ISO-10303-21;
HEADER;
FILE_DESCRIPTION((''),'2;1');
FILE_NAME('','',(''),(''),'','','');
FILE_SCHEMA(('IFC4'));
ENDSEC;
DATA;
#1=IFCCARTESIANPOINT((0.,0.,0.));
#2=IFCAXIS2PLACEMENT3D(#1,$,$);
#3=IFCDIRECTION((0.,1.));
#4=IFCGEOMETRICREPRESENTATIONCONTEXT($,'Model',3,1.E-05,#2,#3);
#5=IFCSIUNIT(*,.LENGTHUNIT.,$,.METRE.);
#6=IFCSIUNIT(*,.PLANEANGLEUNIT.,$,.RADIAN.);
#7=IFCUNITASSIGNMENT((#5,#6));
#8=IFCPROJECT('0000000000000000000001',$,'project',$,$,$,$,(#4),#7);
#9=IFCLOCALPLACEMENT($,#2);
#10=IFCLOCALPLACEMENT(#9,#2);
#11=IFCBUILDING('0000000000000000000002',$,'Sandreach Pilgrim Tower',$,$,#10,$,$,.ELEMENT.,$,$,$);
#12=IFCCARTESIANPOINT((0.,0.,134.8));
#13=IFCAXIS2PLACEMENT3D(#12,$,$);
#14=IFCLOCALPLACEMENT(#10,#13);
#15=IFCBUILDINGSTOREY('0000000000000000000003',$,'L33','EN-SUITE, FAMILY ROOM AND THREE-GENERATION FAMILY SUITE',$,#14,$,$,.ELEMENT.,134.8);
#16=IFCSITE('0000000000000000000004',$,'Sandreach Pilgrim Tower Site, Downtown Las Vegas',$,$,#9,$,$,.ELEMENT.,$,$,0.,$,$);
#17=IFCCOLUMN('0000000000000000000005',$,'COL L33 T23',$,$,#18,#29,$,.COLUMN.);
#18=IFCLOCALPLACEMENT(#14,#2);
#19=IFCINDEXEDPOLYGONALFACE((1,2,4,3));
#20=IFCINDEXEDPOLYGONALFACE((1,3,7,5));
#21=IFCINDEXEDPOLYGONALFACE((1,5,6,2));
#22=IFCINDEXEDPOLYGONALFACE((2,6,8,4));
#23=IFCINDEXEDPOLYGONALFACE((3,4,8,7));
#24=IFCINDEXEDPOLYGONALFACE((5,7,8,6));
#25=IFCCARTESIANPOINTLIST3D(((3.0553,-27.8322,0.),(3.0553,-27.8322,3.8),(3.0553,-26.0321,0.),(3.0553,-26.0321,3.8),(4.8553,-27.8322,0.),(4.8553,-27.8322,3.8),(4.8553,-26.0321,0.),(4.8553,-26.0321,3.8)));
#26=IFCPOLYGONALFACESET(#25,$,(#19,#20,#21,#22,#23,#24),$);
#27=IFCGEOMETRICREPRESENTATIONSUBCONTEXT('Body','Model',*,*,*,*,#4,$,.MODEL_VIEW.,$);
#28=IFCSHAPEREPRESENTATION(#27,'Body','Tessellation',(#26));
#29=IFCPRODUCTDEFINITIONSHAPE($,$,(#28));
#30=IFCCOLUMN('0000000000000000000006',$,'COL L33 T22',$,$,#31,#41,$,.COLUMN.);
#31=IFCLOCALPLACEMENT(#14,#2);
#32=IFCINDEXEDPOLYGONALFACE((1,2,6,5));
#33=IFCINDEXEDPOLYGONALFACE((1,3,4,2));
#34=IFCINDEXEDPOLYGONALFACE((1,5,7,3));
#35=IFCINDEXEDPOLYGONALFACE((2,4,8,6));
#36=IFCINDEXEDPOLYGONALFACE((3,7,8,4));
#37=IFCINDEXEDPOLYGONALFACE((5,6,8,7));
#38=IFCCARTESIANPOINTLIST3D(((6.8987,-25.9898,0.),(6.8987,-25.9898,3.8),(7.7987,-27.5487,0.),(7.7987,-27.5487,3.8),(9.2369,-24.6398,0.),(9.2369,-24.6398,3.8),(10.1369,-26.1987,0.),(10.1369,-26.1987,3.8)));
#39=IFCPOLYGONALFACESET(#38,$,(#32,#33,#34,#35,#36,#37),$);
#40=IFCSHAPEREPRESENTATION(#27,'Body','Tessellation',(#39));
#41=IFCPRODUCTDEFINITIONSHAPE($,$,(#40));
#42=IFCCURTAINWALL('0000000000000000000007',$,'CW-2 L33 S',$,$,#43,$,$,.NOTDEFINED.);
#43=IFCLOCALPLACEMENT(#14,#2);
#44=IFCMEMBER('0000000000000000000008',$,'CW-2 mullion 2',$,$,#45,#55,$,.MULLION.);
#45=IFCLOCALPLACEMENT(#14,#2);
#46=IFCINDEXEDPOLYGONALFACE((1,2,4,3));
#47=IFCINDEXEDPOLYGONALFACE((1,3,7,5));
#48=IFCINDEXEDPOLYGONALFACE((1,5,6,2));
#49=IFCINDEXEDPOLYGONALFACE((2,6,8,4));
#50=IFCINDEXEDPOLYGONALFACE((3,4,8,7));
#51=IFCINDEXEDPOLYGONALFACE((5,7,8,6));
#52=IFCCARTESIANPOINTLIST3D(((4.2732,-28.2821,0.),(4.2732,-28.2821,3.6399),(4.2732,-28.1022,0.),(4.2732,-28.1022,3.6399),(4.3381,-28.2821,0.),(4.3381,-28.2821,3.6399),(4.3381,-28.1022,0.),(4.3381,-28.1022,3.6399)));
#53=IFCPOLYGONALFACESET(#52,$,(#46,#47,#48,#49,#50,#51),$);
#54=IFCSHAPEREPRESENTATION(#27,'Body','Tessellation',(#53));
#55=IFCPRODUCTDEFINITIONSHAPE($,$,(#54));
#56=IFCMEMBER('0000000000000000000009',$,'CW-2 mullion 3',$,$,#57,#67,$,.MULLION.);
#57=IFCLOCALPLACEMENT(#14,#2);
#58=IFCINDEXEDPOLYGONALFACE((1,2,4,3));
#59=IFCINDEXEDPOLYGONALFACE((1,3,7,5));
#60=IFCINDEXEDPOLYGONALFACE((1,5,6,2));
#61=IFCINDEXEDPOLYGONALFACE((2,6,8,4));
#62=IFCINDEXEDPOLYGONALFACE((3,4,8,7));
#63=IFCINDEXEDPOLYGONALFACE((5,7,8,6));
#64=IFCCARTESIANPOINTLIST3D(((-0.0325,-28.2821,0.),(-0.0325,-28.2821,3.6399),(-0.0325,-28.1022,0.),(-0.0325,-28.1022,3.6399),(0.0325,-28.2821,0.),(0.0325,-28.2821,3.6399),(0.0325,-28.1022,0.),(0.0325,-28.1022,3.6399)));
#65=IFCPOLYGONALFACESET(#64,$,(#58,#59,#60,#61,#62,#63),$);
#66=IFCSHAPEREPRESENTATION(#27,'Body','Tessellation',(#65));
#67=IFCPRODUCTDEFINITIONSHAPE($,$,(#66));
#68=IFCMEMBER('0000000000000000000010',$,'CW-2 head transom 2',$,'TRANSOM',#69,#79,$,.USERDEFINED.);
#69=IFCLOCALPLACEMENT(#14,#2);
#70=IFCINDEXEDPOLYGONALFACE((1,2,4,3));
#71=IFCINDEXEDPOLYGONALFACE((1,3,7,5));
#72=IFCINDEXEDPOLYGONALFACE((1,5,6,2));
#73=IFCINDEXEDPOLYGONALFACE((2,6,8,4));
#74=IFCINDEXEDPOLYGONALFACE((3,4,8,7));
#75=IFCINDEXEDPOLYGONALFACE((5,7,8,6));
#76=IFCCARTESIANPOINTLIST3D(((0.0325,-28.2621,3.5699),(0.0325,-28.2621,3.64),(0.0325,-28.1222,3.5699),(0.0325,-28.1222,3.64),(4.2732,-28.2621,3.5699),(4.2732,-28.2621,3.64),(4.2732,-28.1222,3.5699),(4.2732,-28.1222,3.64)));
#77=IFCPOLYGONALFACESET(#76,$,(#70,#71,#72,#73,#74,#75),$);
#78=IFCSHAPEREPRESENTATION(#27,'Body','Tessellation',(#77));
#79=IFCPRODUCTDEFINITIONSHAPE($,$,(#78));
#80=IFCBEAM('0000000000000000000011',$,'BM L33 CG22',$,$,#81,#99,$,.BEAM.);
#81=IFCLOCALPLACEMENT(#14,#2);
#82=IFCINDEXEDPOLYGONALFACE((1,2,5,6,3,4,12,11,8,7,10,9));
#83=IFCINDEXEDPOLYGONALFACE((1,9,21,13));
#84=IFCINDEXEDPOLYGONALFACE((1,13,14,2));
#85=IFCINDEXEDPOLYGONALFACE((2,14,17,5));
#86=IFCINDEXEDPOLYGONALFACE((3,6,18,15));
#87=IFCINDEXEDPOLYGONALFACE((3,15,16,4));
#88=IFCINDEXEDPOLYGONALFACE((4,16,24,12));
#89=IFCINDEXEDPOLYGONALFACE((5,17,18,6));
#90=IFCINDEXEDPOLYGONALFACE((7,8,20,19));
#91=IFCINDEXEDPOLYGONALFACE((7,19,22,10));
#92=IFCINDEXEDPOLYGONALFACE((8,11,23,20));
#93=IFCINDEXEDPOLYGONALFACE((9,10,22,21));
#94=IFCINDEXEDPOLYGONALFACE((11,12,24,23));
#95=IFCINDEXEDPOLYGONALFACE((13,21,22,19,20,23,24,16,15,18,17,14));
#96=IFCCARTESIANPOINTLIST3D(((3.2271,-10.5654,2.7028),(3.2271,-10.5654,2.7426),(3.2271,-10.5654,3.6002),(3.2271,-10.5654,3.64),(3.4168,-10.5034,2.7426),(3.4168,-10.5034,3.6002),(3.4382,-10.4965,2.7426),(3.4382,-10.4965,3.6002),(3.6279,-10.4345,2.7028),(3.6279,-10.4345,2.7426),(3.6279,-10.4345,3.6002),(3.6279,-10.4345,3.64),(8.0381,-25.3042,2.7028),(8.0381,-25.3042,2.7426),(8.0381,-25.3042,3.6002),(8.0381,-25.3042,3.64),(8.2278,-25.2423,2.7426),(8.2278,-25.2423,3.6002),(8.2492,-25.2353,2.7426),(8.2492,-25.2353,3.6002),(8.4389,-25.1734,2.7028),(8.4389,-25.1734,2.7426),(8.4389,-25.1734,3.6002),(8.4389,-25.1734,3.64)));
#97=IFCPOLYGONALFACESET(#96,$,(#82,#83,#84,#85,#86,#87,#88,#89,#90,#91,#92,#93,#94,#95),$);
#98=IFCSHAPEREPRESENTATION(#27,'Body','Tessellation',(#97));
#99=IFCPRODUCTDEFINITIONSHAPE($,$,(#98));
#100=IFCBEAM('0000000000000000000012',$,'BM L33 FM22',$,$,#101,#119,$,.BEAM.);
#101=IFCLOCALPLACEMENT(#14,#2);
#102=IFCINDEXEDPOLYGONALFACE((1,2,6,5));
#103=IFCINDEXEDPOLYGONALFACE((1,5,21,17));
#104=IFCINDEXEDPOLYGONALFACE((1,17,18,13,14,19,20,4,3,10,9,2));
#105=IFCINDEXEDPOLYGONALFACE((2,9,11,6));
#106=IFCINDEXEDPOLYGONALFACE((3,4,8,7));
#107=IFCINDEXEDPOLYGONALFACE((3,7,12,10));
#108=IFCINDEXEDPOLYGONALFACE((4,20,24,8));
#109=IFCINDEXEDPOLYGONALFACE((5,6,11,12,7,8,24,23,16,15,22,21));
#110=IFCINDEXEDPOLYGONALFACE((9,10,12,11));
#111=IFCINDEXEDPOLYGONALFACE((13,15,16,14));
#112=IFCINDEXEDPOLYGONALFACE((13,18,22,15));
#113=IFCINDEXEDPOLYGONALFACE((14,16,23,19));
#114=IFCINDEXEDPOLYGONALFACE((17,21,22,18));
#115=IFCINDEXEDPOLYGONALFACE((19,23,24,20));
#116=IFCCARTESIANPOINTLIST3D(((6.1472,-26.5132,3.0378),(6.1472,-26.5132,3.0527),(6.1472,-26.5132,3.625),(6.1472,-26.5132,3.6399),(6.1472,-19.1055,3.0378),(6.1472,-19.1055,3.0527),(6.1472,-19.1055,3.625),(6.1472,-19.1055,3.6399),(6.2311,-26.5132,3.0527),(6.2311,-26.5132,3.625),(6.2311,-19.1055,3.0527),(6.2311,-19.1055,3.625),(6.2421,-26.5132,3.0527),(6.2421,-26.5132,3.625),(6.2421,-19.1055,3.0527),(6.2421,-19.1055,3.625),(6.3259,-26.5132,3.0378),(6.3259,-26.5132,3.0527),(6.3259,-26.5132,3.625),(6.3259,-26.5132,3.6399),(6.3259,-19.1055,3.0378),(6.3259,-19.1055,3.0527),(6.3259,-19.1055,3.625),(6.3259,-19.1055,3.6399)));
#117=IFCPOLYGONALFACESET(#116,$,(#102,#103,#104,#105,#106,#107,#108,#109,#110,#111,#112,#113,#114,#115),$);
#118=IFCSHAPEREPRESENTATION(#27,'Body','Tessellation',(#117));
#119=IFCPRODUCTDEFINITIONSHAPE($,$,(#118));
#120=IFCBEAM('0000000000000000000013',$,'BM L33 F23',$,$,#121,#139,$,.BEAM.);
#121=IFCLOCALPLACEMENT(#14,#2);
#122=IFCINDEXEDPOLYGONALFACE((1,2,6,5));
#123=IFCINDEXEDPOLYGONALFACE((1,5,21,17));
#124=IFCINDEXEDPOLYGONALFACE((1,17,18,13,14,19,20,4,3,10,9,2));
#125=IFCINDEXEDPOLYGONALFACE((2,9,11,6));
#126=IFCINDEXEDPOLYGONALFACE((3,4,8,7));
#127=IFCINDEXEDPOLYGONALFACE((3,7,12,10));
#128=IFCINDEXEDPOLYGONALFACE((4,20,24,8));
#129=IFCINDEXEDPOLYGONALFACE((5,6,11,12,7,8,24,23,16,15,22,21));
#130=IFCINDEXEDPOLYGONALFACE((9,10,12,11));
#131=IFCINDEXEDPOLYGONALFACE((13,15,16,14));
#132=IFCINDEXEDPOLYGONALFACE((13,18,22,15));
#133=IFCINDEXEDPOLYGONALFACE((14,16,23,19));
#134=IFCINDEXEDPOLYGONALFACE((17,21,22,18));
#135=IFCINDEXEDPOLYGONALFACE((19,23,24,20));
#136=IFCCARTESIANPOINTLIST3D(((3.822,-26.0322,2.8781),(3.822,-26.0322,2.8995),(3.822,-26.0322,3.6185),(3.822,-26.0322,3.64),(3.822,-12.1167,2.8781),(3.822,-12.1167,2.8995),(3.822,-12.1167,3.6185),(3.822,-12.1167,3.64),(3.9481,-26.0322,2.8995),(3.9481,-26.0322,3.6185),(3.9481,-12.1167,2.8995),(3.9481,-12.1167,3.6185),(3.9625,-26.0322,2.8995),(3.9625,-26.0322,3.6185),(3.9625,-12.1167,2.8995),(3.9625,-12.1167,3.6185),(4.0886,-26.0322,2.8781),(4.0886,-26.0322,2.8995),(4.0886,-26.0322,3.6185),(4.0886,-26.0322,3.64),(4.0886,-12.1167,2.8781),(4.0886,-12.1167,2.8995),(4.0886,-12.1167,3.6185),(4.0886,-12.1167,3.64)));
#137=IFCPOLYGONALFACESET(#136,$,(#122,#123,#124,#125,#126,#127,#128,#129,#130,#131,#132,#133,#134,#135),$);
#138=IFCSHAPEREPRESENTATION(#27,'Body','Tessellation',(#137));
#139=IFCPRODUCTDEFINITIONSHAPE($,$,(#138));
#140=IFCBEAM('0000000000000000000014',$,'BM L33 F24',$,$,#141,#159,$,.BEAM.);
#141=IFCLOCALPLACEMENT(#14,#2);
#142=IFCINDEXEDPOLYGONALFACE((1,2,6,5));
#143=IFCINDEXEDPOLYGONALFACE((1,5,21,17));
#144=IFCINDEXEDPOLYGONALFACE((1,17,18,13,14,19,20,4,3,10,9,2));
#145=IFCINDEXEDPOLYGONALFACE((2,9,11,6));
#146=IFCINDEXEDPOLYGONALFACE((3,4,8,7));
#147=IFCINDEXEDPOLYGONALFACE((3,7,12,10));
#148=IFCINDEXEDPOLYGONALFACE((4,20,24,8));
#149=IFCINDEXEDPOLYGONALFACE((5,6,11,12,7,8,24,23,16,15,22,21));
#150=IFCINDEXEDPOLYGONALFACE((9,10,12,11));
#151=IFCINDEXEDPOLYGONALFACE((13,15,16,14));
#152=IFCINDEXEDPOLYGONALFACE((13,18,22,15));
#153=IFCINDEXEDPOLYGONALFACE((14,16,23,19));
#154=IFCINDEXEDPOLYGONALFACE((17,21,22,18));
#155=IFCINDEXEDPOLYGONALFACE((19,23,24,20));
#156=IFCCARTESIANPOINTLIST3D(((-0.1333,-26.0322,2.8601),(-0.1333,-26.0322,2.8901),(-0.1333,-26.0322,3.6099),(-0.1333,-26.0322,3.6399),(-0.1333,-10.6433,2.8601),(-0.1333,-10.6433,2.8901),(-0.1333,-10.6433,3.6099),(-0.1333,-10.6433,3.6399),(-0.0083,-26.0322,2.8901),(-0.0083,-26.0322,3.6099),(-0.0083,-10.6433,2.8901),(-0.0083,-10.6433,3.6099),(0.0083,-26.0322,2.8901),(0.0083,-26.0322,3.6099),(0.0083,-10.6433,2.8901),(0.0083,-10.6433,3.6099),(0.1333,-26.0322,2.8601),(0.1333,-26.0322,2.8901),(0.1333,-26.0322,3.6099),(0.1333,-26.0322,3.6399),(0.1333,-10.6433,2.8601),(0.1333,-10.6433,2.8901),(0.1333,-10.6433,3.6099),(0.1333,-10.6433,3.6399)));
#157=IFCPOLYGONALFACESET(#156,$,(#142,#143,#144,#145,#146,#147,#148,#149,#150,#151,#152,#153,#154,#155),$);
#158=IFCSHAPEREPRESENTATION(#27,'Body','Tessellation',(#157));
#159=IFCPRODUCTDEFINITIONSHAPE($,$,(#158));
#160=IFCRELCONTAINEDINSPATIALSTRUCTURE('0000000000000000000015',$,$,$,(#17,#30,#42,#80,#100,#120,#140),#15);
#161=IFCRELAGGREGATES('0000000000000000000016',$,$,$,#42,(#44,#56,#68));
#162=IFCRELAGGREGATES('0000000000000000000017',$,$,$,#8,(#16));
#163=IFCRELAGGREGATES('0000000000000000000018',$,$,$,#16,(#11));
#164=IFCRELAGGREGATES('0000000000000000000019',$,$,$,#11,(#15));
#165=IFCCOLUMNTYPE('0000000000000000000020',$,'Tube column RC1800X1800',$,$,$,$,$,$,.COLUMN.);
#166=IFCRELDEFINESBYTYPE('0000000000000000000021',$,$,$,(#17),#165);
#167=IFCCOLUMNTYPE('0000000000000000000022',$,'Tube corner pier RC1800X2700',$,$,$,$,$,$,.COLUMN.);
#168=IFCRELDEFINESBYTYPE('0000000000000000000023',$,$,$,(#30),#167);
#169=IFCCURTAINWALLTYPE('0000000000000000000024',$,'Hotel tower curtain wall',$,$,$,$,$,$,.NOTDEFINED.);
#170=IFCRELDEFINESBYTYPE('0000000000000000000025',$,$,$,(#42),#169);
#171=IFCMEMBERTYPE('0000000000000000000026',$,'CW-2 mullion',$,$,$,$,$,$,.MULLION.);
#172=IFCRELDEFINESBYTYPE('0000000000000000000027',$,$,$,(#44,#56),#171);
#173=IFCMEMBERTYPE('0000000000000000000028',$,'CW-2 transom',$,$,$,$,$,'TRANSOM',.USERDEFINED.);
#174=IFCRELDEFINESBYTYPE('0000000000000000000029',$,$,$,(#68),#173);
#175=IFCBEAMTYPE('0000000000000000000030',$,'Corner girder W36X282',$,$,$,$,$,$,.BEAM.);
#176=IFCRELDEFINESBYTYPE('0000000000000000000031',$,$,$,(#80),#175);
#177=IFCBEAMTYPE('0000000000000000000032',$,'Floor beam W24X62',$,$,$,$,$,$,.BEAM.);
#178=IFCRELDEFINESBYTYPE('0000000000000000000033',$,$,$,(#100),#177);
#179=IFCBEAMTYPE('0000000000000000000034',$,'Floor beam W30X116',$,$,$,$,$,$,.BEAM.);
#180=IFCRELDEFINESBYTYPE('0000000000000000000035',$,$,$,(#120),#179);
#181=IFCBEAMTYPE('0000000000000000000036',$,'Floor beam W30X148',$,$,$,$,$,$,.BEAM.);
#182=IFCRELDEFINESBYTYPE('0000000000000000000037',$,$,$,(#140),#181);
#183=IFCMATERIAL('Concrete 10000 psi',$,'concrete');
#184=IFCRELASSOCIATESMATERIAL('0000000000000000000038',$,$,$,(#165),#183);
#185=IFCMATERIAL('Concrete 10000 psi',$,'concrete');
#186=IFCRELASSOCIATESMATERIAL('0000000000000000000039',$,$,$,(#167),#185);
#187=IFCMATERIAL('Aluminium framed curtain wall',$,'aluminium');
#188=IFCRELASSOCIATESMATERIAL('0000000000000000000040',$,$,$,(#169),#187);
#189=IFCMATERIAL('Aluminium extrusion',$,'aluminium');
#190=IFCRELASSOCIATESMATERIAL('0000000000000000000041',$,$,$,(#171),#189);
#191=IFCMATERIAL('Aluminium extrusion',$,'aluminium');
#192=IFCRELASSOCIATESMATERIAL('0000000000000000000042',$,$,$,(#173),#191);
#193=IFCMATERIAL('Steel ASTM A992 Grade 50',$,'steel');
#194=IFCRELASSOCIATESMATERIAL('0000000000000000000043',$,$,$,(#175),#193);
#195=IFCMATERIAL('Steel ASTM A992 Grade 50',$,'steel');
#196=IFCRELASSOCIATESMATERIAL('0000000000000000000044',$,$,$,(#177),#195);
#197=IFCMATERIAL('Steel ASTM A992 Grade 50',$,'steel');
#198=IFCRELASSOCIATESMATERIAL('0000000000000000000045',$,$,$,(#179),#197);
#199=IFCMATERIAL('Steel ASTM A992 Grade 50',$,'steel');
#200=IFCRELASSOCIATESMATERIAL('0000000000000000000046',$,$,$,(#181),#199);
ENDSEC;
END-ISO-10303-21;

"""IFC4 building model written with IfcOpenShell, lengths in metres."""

from ifc_helpers import new_model, si_unit, direction, frame, origin, origin_2d, place, context, subcontext, project, spatial, rectangle, i_section, extrude, material, material_profile, profile_set, type_object, element, aggregate, save


model = new_model("IFC4")

# Units and contexts
model_context = context("Model", 3, precision=1e-05, world=origin(), true_north=direction((0.0, 1.0)))
body_context = subcontext(model_context, "Body", "Model", "MODEL_VIEW")
ifc_project = project(units=[si_unit("LENGTHUNIT", "METRE"), si_unit("PLANEANGLEUNIT", "RADIAN")], contexts=[model_context])

# Site, building, storey
site_placement = place(None, origin())
site = spatial("IfcSite", under=ifc_project, at=site_placement, Name="Sandreach Pilgrim Tower Site, Downtown Las Vegas", CompositionType="ELEMENT", RefElevation=0.0)
building_placement = place(site_placement, origin())
building = spatial("IfcBuilding", under=site, at=building_placement, Name="Sandreach Pilgrim Tower", CompositionType="ELEMENT")
storey_placement = place(building_placement, frame((0.0, 0.0, 134.8)))
storey = spatial("IfcBuildingStorey", under=building, at=storey_placement, Name="L33", Description="EN-SUITE, FAMILY ROOM AND THREE-GENERATION FAMILY SUITE", CompositionType="ELEMENT", Elevation=134.8)

# Columns
ifc_material_1 = material(Name="Concrete 10000 psi", Category="concrete")
ifc_material_profile_1 = material_profile(ifc_material_1, rectangle(XDim=1.8, YDim=1.8, at=origin_2d()), Name="RC1800X1800")
ifc_profile_set_1 = profile_set([ifc_material_profile_1], Name="Concrete 10000 psi")
column_type_1 = type_object("IfcColumnType", Name="Tube column RC1800X1800", PredefinedType="COLUMN", material=ifc_profile_set_1)
column_1_placement = place(storey_placement, frame((3.9553, -26.9321, 0.0), z_axis=(0.0, 0.0, 1.0), x_axis=(0.0, -1.0, 0.0)))
element("IfcColumn", 1, at=column_1_placement, inside=storey, type_object=column_type_1, Name="COL L33 T23", PredefinedType="COLUMN", context=body_context, shape_type="SweptSolid", body=[
    extrude(rectangle(XDim=1.8, YDim=1.8, at=origin_2d()), origin(), (0.0, 0.0, 1.0), 3.8),
])
ifc_material_2 = material(Name="Concrete 10000 psi", Category="concrete")
ifc_material_profile_2 = material_profile(ifc_material_2, rectangle(XDim=1.8, YDim=2.7, at=origin_2d()), Name="RC1800X2700")
ifc_profile_set_2 = profile_set([ifc_material_profile_2], Name="Concrete 10000 psi")
column_type_2 = type_object("IfcColumnType", Name="Tube corner pier RC1800X2700", PredefinedType="COLUMN", material=ifc_profile_set_2)
column_2_placement = place(storey_placement, frame((8.5178, -26.0942, 0.0), z_axis=(0.0, 0.0, 1.0), x_axis=(0.5, -0.866025, 0.0)))
element("IfcColumn", 2, at=column_2_placement, inside=storey, type_object=column_type_2, Name="COL L33 T22", PredefinedType="COLUMN", context=body_context, shape_type="SweptSolid", body=[
    extrude(rectangle(XDim=1.8, YDim=2.7, at=origin_2d()), origin(), (0.0, 0.0, 1.0), 3.8),
])

# Curtain wall, members
ifc_material_3 = material(Name="Aluminium framed curtain wall", Category="aluminium")
curtain_wall_type = type_object("IfcCurtainWallType", Name="Hotel tower curtain wall", PredefinedType="NOTDEFINED", material=ifc_material_3)
curtain_wall_placement = place(storey_placement, origin())
curtain_wall = element("IfcCurtainWall", 3, at=curtain_wall_placement, inside=storey, type_object=curtain_wall_type, Name="CW-2 L33 S", PredefinedType="NOTDEFINED")
ifc_material_4 = material(Name="Aluminium extrusion", Category="aluminium")
ifc_material_profile_3 = material_profile(ifc_material_4, rectangle(XDim=0.0649, YDim=0.1799, at=origin_2d()), Name="CW-2M 65X180")
ifc_profile_set_3 = profile_set([ifc_material_profile_3], Name="Aluminium extrusion")
member_type_1 = type_object("IfcMemberType", Name="CW-2 mullion", PredefinedType="MULLION", material=ifc_profile_set_3)
member_1_placement = place(storey_placement, frame((4.3057, -28.1921, 0.0), z_axis=(0.0, 0.0, 1.0), x_axis=(-1.0, 0.0, 0.0)))
member_1 = element("IfcMember", 4, at=member_1_placement, type_object=member_type_1, Name="CW-2 mullion 2", PredefinedType="MULLION", context=body_context, shape_type="SweptSolid", body=[
    extrude(rectangle(XDim=0.0649, YDim=0.1799, at=origin_2d()), origin(), (0.0, 0.0, 1.0), 3.6399),
])
member_2_placement = place(storey_placement, frame((0.0, -28.1921, 0.0), z_axis=(0.0, 0.0, 1.0), x_axis=(-1.0, 0.0, 0.0)))
member_2 = element("IfcMember", 5, at=member_2_placement, type_object=member_type_1, Name="CW-2 mullion 3", PredefinedType="MULLION", context=body_context, shape_type="SweptSolid", body=[
    extrude(rectangle(XDim=0.0649, YDim=0.1799, at=origin_2d()), origin(), (0.0, 0.0, 1.0), 3.6399),
])
ifc_material_5 = material(Name="Aluminium extrusion", Category="aluminium")
ifc_material_profile_4 = material_profile(ifc_material_5, rectangle(XDim=0.1399, YDim=0.0701, at=origin_2d()), Name="CW-2T 140X70")
ifc_profile_set_4 = profile_set([ifc_material_profile_4], Name="Aluminium extrusion")
member_type_2 = type_object("IfcMemberType", Name="CW-2 transom", ElementType="TRANSOM", PredefinedType="USERDEFINED", material=ifc_profile_set_4)
member_3_placement = place(storey_placement, frame((4.2732, -28.1921, 3.605), z_axis=(-1.0, 0.0, 0.0), x_axis=(0.0, -1.0, 0.0)))
member_3 = element("IfcMember", 6, at=member_3_placement, type_object=member_type_2, Name="CW-2 head transom 2", ObjectType="TRANSOM", PredefinedType="USERDEFINED", context=body_context, shape_type="SweptSolid", body=[
    extrude(rectangle(XDim=0.1399, YDim=0.0701, at=origin_2d()), origin(), (0.0, 0.0, 1.0), 4.2407),
])

# Beams
ifc_material_6 = material(Name="Steel ASTM A992 Grade 50", Category="steel")
ifc_material_profile_5 = material_profile(ifc_material_6, i_section(OverallWidth=0.4216, OverallDepth=0.9373, WebThickness=0.0225, FlangeThickness=0.0398, at=origin_2d()), Name="W36X282")
ifc_profile_set_5 = profile_set([ifc_material_profile_5], Name="Steel ASTM A992 Grade 50")
beam_type_1 = type_object("IfcBeamType", Name="Corner girder W36X282", PredefinedType="BEAM", material=ifc_profile_set_5)
beam_1_placement = place(storey_placement, frame((8.2385, -25.2388, 3.1714), z_axis=(-0.310307, 0.950636, 0.0), x_axis=(-0.950636, -0.310307, 0.0)))
element("IfcBeam", 7, at=beam_1_placement, inside=storey, type_object=beam_type_1, Name="BM L33 CG22", PredefinedType="BEAM", context=body_context, shape_type="SweptSolid", body=[
    extrude(i_section(OverallWidth=0.4216, OverallDepth=0.9373, WebThickness=0.0225, FlangeThickness=0.0398, at=origin_2d()), origin(), (0.0, 0.0, 1.0), 15.5042),
])
ifc_material_7 = material(Name="Steel ASTM A992 Grade 50", Category="steel")
ifc_material_profile_6 = material_profile(ifc_material_7, i_section(OverallWidth=0.1787, OverallDepth=0.6021, WebThickness=0.011, FlangeThickness=0.0149, at=origin_2d()), Name="W24X62")
ifc_profile_set_6 = profile_set([ifc_material_profile_6], Name="Steel ASTM A992 Grade 50")
beam_type_2 = type_object("IfcBeamType", Name="Floor beam W24X62", PredefinedType="BEAM", material=ifc_profile_set_6)
beam_2_placement = place(storey_placement, frame((6.2366, -26.5132, 3.3389), z_axis=(0.0, 1.0, 0.0), x_axis=(-1.0, 0.0, 0.0)))
element("IfcBeam", 8, at=beam_2_placement, inside=storey, type_object=beam_type_2, Name="BM L33 FM22", PredefinedType="BEAM", context=body_context, shape_type="SweptSolid", body=[
    extrude(i_section(OverallWidth=0.1787, OverallDepth=0.6021, WebThickness=0.011, FlangeThickness=0.0149, at=origin_2d()), origin(), (0.0, 0.0, 1.0), 7.4077),
])
ifc_material_8 = material(Name="Steel ASTM A992 Grade 50", Category="steel")
ifc_material_profile_7 = material_profile(ifc_material_8, i_section(OverallWidth=0.2666, OverallDepth=0.762, WebThickness=0.0144, FlangeThickness=0.0215, at=origin_2d()), Name="W30X116")
ifc_profile_set_7 = profile_set([ifc_material_profile_7], Name="Steel ASTM A992 Grade 50")
beam_type_3 = type_object("IfcBeamType", Name="Floor beam W30X116", PredefinedType="BEAM", material=ifc_profile_set_7)
beam_3_placement = place(storey_placement, frame((3.9553, -26.0322, 3.259), z_axis=(0.0, 1.0, 0.0), x_axis=(-1.0, 0.0, 0.0)))
element("IfcBeam", 9, at=beam_3_placement, inside=storey, type_object=beam_type_3, Name="BM L33 F23", PredefinedType="BEAM", context=body_context, shape_type="SweptSolid", body=[
    extrude(i_section(OverallWidth=0.2666, OverallDepth=0.762, WebThickness=0.0144, FlangeThickness=0.0215, at=origin_2d()), origin(), (0.0, 0.0, 1.0), 13.9155),
])
ifc_material_9 = material(Name="Steel ASTM A992 Grade 50", Category="steel")
ifc_material_profile_8 = material_profile(ifc_material_9, i_section(OverallWidth=0.2666, OverallDepth=0.7798, WebThickness=0.0166, FlangeThickness=0.03, at=origin_2d()), Name="W30X148")
ifc_profile_set_8 = profile_set([ifc_material_profile_8], Name="Steel ASTM A992 Grade 50")
beam_type_4 = type_object("IfcBeamType", Name="Floor beam W30X148", PredefinedType="BEAM", material=ifc_profile_set_8)
beam_4_placement = place(storey_placement, frame((0.0, -26.0322, 3.25), z_axis=(0.0, 1.0, 0.0), x_axis=(-1.0, 0.0, 0.0)))
element("IfcBeam", 10, at=beam_4_placement, inside=storey, type_object=beam_type_4, Name="BM L33 F24", PredefinedType="BEAM", context=body_context, shape_type="SweptSolid", body=[
    extrude(i_section(OverallWidth=0.2666, OverallDepth=0.7798, WebThickness=0.0166, FlangeThickness=0.03, at=origin_2d()), origin(), (0.0, 0.0, 1.0), 15.3889),
])

aggregate(curtain_wall, [member_1, member_2, member_3])

save(model, "model.ifc")
